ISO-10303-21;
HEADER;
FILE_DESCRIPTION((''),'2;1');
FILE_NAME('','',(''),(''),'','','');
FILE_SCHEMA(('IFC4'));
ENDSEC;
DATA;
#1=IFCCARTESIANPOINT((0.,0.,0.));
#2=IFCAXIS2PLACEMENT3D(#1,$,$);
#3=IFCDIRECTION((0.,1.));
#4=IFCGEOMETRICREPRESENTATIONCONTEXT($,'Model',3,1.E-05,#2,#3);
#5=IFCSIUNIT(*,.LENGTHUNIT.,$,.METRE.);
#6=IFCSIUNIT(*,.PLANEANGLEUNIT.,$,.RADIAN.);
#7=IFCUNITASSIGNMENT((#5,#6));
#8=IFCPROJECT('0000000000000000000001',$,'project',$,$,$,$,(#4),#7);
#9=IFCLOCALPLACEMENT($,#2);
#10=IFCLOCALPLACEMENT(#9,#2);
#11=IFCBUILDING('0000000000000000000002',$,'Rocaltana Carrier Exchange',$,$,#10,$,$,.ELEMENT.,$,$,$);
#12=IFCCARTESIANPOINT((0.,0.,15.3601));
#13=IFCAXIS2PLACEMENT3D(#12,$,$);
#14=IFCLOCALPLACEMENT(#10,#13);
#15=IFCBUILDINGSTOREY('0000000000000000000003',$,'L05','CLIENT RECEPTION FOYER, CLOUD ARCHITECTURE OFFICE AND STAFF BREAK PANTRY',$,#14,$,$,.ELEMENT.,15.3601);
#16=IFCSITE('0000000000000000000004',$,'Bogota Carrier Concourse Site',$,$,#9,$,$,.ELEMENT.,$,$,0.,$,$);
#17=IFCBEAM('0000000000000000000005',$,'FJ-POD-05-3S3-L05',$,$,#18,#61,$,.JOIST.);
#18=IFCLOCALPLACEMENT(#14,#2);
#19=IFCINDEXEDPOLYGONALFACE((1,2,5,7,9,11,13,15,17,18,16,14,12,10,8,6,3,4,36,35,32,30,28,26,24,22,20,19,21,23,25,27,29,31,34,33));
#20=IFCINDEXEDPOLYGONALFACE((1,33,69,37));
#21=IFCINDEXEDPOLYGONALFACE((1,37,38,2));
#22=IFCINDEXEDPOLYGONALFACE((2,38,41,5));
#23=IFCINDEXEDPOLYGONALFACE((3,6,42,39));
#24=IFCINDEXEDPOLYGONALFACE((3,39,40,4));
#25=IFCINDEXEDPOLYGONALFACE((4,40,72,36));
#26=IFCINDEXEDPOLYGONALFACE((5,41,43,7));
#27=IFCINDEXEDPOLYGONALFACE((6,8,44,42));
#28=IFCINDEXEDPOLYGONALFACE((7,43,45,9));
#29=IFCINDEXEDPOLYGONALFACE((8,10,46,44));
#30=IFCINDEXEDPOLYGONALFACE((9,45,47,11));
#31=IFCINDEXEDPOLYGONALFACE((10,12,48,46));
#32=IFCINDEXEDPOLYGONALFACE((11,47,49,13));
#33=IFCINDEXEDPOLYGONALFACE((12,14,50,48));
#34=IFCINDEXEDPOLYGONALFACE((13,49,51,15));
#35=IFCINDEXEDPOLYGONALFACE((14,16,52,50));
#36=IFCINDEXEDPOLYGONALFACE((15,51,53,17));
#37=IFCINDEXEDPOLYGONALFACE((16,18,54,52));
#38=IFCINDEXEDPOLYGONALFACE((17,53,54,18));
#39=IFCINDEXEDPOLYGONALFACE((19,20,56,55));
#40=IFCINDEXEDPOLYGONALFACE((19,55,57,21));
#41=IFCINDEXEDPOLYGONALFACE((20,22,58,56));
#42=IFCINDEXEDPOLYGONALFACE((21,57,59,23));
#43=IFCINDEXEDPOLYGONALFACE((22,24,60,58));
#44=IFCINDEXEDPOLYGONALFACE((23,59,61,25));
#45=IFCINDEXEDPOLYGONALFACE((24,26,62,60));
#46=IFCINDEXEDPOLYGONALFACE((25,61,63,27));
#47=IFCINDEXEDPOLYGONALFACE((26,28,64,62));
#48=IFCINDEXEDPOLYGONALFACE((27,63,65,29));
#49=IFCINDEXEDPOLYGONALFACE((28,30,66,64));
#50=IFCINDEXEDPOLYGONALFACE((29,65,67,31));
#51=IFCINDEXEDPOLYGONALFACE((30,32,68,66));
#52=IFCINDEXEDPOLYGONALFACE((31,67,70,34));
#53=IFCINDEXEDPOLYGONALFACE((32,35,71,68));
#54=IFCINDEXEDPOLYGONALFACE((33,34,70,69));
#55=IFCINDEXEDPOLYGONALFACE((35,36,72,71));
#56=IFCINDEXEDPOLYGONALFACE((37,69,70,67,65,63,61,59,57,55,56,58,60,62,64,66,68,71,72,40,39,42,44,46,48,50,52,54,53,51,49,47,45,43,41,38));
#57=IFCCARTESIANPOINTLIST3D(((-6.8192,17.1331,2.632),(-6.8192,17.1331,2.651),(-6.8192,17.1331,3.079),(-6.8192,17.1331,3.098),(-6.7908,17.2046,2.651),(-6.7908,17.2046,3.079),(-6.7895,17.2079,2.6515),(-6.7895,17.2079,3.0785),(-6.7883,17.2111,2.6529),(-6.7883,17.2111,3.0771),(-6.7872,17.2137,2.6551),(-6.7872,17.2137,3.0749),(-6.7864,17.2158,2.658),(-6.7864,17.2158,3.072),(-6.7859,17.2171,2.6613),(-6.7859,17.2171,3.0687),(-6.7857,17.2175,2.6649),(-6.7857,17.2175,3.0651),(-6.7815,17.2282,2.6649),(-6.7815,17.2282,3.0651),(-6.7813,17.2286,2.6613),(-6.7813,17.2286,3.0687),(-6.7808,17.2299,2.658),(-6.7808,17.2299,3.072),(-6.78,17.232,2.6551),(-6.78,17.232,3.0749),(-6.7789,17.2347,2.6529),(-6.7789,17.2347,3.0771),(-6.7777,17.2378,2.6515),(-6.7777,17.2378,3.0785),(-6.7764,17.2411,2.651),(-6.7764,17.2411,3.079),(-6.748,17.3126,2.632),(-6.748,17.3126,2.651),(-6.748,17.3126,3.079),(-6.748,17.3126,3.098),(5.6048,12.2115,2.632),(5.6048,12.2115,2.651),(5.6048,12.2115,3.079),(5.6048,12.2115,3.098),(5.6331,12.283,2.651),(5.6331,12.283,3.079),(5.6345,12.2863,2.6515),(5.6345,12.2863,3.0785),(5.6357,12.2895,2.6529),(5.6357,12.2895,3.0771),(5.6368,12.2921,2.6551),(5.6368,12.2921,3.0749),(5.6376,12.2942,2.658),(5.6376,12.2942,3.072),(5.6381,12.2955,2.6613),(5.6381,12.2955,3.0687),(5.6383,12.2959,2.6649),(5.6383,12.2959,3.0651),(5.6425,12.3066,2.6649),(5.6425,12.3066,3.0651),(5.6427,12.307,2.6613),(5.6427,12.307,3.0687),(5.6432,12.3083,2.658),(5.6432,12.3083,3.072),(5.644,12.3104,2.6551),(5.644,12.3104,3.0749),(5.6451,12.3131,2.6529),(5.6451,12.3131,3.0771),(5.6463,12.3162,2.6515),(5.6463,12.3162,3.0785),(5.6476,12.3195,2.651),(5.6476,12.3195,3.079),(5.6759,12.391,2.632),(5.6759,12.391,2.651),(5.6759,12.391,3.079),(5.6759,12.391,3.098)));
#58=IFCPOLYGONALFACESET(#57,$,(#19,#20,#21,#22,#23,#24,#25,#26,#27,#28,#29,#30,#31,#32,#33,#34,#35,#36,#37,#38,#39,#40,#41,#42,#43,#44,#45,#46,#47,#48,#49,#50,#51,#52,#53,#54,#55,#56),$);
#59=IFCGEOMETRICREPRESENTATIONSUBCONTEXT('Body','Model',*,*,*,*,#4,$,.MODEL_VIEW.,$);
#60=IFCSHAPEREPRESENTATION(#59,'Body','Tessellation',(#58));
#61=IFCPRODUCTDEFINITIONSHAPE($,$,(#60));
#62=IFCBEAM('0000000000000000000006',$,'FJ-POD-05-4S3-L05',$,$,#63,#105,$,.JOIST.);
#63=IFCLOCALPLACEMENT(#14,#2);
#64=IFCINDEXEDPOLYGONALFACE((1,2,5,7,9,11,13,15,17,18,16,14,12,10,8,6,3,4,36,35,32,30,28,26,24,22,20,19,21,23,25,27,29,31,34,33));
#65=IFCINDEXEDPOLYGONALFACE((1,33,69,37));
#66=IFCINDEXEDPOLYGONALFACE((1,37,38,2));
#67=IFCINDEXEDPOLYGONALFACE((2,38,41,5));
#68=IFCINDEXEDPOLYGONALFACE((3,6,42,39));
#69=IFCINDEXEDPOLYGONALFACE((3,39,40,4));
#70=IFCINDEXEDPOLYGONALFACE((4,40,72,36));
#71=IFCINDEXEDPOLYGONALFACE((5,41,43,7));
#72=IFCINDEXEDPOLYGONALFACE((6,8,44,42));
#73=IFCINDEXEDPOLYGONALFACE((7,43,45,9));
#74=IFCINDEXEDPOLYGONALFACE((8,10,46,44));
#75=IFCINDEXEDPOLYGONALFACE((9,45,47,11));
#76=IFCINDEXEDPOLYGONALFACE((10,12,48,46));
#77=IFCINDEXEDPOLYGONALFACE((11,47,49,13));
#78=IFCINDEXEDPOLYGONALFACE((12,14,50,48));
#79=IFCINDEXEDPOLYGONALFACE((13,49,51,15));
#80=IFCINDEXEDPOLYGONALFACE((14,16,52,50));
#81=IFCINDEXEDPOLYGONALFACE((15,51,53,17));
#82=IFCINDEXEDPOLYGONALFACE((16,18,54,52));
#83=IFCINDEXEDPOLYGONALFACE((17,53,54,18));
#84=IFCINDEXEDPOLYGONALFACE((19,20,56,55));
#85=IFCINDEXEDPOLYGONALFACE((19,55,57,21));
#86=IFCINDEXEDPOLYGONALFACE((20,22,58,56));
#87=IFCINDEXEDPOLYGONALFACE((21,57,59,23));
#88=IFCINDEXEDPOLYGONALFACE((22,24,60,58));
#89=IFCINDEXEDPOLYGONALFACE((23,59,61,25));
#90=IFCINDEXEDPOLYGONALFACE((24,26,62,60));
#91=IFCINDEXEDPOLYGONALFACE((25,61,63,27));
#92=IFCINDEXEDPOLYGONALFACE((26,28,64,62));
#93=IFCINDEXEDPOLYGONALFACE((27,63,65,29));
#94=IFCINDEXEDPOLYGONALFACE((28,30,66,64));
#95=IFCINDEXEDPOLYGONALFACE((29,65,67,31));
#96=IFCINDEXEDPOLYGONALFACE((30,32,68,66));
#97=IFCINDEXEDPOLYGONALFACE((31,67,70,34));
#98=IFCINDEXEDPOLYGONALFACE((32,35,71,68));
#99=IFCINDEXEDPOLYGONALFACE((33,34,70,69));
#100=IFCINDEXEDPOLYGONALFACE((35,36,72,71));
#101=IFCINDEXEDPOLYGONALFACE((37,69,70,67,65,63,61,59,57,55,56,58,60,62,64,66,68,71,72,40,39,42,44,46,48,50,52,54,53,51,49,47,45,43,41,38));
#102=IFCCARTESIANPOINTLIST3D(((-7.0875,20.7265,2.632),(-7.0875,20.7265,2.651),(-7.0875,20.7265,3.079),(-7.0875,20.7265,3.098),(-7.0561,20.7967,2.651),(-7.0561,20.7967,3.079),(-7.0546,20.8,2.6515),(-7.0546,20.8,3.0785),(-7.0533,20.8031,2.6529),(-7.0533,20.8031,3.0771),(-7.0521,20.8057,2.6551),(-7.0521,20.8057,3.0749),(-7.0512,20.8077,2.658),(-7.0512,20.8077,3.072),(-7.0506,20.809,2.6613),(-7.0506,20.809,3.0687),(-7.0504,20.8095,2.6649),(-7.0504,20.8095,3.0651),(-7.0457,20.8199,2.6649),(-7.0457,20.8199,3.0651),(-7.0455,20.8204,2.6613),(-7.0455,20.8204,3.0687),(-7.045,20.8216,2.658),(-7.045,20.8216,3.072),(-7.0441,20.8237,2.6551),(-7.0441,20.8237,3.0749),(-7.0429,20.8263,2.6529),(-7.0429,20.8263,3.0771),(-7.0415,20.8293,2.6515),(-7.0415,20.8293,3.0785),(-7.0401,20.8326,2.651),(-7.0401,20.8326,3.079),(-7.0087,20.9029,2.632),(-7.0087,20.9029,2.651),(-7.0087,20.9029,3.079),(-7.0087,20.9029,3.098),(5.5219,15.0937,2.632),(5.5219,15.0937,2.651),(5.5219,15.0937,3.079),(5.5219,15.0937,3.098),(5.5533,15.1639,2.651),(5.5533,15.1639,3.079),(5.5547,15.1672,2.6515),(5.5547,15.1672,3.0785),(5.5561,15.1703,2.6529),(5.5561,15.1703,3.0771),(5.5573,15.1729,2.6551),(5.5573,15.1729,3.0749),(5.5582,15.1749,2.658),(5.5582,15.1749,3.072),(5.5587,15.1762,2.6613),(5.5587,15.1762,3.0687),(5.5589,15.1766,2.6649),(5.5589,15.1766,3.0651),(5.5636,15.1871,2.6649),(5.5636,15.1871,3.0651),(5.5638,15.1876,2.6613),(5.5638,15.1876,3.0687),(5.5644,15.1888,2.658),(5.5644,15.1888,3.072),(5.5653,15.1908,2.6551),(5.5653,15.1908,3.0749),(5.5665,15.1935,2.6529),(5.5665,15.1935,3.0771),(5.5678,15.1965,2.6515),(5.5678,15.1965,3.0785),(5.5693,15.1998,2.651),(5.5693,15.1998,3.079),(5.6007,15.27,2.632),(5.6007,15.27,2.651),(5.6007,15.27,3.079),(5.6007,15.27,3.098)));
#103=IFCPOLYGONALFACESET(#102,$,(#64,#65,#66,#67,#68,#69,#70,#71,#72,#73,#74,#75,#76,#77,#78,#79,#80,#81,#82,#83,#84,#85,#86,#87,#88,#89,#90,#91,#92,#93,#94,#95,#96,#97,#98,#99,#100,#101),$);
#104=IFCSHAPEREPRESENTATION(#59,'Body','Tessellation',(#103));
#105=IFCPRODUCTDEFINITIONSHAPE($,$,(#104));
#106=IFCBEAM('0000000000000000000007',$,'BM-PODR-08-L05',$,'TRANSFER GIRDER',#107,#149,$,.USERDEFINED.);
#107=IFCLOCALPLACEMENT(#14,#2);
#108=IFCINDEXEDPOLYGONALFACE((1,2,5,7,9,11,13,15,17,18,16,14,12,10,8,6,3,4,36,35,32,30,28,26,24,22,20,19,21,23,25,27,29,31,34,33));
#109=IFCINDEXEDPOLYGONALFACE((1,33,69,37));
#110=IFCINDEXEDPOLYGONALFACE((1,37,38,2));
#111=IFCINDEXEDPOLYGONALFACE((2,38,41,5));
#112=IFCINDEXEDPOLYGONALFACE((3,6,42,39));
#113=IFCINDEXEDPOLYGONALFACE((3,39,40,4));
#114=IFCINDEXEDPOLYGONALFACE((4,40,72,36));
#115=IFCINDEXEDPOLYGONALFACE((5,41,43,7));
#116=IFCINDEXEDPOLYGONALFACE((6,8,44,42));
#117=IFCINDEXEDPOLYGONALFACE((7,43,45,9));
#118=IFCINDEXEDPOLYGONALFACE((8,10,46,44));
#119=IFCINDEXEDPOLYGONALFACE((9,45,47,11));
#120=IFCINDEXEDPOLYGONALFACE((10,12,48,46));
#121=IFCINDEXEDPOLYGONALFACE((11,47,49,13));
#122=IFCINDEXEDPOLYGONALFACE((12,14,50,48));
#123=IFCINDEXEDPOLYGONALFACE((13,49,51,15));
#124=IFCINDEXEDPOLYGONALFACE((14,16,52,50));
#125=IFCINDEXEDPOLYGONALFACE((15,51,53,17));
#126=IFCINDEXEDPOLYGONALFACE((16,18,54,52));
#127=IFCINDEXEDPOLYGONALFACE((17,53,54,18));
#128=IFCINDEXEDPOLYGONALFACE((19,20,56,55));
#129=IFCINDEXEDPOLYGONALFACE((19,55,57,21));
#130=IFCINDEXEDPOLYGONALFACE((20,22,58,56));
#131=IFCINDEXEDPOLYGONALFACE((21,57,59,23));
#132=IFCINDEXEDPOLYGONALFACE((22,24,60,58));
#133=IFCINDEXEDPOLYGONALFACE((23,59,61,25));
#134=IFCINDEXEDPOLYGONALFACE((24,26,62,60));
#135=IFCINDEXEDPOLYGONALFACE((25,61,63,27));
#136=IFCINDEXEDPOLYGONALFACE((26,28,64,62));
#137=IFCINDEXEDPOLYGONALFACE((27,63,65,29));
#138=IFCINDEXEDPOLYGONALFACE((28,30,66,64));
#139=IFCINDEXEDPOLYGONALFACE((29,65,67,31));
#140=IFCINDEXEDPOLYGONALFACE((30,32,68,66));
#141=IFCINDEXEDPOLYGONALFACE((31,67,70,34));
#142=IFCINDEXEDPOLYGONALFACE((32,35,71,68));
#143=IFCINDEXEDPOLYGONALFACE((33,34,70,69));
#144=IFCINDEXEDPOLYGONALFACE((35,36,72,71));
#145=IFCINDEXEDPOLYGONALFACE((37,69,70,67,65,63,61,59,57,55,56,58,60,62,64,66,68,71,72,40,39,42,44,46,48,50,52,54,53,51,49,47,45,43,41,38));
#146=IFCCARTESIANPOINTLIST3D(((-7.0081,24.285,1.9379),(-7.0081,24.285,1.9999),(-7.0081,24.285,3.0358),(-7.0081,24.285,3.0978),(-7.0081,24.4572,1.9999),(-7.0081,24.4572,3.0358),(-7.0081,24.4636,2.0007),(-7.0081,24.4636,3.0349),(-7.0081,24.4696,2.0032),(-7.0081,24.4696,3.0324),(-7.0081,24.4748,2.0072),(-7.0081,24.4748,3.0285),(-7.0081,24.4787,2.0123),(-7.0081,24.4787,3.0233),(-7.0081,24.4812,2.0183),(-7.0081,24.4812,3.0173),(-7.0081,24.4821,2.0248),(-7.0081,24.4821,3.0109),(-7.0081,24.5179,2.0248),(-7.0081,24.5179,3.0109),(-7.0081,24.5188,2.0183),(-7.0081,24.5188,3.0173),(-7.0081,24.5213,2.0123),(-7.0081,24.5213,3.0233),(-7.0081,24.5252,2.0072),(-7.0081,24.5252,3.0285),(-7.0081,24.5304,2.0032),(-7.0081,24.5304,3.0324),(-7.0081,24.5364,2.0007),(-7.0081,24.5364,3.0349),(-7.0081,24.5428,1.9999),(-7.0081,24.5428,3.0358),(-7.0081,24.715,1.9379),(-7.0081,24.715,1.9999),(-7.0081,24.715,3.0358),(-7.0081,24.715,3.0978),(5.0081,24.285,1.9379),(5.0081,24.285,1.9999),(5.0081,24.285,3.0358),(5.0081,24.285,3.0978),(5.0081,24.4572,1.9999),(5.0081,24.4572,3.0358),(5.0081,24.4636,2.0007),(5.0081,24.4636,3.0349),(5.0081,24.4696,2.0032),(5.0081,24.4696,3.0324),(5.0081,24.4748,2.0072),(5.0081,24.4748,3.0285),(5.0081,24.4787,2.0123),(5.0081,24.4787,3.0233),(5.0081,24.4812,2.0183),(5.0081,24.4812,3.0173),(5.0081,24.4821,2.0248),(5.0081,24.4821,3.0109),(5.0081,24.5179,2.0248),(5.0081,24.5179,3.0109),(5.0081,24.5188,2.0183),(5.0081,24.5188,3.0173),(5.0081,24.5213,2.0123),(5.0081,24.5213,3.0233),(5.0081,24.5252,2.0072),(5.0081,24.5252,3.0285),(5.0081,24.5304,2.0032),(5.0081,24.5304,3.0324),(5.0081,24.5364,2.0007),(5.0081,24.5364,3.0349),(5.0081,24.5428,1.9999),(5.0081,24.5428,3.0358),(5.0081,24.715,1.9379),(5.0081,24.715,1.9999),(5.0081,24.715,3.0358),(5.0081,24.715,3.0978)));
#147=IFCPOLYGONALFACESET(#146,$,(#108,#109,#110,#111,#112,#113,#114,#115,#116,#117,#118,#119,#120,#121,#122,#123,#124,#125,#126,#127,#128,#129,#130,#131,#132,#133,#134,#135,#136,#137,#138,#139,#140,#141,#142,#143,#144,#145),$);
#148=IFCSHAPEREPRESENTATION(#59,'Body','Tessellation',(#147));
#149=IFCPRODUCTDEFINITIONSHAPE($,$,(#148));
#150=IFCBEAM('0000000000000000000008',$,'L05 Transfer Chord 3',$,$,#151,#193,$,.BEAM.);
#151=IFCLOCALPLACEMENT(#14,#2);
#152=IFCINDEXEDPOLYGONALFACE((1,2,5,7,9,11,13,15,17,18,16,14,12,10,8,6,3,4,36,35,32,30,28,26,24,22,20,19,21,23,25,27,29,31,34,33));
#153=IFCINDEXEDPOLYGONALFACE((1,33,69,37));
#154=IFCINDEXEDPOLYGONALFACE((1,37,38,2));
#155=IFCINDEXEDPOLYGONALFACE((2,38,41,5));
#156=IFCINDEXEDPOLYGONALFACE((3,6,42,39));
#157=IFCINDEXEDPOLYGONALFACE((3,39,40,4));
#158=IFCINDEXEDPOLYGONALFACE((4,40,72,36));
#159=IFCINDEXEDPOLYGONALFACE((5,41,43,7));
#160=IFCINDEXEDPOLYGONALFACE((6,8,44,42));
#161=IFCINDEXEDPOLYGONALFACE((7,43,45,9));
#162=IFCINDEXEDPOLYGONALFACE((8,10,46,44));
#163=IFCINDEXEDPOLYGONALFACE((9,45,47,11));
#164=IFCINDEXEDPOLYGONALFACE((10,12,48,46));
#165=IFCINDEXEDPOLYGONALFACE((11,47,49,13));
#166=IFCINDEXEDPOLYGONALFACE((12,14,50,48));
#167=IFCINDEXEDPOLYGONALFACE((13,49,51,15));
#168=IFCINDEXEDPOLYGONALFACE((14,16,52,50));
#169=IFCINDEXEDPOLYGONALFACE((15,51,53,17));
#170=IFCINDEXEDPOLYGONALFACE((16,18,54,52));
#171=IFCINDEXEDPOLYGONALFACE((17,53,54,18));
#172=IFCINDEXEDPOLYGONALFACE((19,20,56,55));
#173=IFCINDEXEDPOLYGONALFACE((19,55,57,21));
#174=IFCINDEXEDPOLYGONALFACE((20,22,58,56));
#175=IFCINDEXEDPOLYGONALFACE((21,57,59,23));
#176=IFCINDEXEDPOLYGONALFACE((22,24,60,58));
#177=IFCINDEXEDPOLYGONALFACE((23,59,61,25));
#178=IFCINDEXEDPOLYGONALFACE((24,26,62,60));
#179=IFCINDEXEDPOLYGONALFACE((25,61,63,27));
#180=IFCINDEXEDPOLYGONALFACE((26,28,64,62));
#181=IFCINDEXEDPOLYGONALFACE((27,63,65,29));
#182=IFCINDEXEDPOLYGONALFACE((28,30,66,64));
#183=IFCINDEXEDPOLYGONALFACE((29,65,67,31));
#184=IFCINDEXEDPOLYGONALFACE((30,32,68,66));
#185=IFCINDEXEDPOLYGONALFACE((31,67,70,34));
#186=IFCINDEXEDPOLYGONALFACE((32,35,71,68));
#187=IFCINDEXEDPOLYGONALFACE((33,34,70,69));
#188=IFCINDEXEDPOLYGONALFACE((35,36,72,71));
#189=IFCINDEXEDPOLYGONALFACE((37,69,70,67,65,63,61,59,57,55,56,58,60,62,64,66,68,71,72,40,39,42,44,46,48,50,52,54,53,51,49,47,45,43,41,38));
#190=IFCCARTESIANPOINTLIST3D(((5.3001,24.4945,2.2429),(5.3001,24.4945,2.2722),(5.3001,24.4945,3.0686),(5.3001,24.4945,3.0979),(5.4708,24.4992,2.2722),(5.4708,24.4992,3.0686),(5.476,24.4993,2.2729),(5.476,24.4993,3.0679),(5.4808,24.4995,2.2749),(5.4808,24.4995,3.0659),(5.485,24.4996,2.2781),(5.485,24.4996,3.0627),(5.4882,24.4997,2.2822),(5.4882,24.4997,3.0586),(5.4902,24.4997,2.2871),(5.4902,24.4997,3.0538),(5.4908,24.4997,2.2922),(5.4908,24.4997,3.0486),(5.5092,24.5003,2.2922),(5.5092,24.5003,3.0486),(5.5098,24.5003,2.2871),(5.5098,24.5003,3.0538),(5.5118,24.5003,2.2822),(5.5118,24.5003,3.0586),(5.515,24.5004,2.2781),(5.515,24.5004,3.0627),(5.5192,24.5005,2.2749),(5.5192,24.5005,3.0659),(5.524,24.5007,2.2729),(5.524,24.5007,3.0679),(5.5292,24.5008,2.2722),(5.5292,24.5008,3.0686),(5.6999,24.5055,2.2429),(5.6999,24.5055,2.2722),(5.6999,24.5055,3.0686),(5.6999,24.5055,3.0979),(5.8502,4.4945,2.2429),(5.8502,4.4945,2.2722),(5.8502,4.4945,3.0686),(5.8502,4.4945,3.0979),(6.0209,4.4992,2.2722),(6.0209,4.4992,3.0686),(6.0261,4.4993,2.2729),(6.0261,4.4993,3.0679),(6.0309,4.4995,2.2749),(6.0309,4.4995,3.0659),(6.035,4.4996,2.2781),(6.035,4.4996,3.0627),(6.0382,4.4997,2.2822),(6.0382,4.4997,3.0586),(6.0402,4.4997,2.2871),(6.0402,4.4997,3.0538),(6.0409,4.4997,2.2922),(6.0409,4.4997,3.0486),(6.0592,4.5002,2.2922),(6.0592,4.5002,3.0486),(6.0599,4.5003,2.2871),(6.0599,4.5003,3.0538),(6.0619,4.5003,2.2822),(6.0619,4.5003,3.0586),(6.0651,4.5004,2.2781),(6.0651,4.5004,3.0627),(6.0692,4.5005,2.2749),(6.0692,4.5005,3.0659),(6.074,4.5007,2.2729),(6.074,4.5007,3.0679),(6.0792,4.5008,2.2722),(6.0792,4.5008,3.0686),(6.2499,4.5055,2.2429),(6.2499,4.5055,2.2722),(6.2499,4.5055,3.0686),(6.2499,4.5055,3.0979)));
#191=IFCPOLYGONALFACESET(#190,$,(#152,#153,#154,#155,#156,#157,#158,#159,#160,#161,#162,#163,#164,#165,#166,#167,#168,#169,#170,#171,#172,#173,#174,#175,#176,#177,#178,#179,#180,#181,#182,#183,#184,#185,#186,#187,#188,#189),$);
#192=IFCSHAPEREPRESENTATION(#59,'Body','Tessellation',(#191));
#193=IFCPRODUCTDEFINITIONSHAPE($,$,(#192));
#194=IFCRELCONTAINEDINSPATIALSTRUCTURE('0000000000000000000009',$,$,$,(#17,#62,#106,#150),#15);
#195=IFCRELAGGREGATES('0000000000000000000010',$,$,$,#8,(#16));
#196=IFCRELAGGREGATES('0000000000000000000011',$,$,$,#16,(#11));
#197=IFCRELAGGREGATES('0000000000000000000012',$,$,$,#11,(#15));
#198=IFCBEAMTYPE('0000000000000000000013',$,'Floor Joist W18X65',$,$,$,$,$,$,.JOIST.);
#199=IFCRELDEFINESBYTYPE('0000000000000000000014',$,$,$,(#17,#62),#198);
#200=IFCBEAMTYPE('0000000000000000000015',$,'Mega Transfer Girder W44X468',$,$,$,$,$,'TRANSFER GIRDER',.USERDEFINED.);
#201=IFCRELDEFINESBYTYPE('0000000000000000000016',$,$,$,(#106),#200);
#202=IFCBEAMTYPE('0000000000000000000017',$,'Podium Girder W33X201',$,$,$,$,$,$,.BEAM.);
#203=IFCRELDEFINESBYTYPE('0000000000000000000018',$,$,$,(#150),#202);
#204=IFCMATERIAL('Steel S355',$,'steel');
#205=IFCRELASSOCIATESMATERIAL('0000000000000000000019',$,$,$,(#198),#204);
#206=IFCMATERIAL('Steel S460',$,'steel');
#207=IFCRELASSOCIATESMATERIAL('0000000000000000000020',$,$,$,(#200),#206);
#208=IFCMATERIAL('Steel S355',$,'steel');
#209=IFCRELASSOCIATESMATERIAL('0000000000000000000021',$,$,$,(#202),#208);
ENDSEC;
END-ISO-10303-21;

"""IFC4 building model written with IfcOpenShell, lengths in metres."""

from ifc_helpers import new_model, si_unit, direction, frame, origin, origin_2d, place, context, subcontext, project, spatial, i_section, extrude, material, material_profile, profile_set, type_object, element, save


model = new_model("IFC4")

# Units and contexts
model_context = context("Model", 3, precision=1e-05, world=origin(), true_north=direction((0.0, 1.0)))
body_context = subcontext(model_context, "Body", "Model", "MODEL_VIEW")
ifc_project = project(units=[si_unit("LENGTHUNIT", "METRE"), si_unit("PLANEANGLEUNIT", "RADIAN")], contexts=[model_context])

# Site, building, storey
site_placement = place(None, origin())
site = spatial("IfcSite", under=ifc_project, at=site_placement, Name="Bogota Carrier Concourse Site", CompositionType="ELEMENT", RefElevation=0.0)
building_placement = place(site_placement, origin())
building = spatial("IfcBuilding", under=site, at=building_placement, Name="Rocaltana Carrier Exchange", CompositionType="ELEMENT")
storey_placement = place(building_placement, frame((0.0, 0.0, 15.3601)))
storey = spatial("IfcBuildingStorey", under=building, at=storey_placement, Name="L05", Description="CLIENT RECEPTION FOYER, CLOUD ARCHITECTURE OFFICE AND STAFF BREAK PANTRY", CompositionType="ELEMENT", Elevation=15.3601)

# Beams
ifc_material_1 = material(Name="Steel S355", Category="steel")
ifc_material_profile_1 = material_profile(ifc_material_1, i_section(OverallWidth=0.1931, OverallDepth=0.4661, WebThickness=0.0115, FlangeThickness=0.019, FilletRadius=0.0139, at=origin_2d()), Name="W18X65")
ifc_profile_set_1 = profile_set([ifc_material_profile_1], Name="Steel S355")
beam_type_1 = type_object("IfcBeamType", Name="Floor Joist W18X65", PredefinedType="JOIST", material=ifc_profile_set_1)
beam_1_placement = place(storey_placement, frame((5.6404, 12.3013, 2.865), z_axis=(-0.92971, 0.368292, 0.0), x_axis=(-0.368292, -0.92971, 0.0)))
element("IfcBeam", 1, at=beam_1_placement, inside=storey, type_object=beam_type_1, Name="FJ-POD-05-3S3-L05", PredefinedType="JOIST", context=body_context, shape_type="SweptSolid", body=[
    extrude(i_section(OverallWidth=0.1931, OverallDepth=0.4661, WebThickness=0.0115, FlangeThickness=0.019, FilletRadius=0.0139, at=origin_2d()), origin(), (0.0, 0.0, 1.0), 13.3633),
])
beam_2_placement = place(storey_placement, frame((5.5613, 15.1819, 2.865), z_axis=(-0.91304, 0.40787, 0.0), x_axis=(-0.40787, -0.91304, 0.0)))
element("IfcBeam", 2, at=beam_2_placement, inside=storey, type_object=beam_type_1, Name="FJ-POD-05-4S3-L05", PredefinedType="JOIST", context=body_context, shape_type="SweptSolid", body=[
    extrude(i_section(OverallWidth=0.1931, OverallDepth=0.4661, WebThickness=0.0115, FlangeThickness=0.019, FilletRadius=0.0139, at=origin_2d()), origin(), (0.0, 0.0, 1.0), 13.8103),
])
ifc_material_2 = material(Name="Steel S460", Category="steel")
ifc_material_profile_2 = material_profile(ifc_material_2, i_section(OverallWidth=0.4299, OverallDepth=1.1599, WebThickness=0.0359, FlangeThickness=0.062, FilletRadius=0.0249, at=origin_2d()), Name="W44X468")
ifc_profile_set_2 = profile_set([ifc_material_profile_2], Name="Steel S460")
beam_type_2 = type_object("IfcBeamType", Name="Mega Transfer Girder W44X468", ElementType="TRANSFER GIRDER", PredefinedType="USERDEFINED", material=ifc_profile_set_2)
beam_3_placement = place(storey_placement, frame((5.0081, 24.5, 2.5178), z_axis=(-1.0, 0.0, 0.0), x_axis=(0.0, -1.0, 0.0)))
element("IfcBeam", 3, at=beam_3_placement, inside=storey, type_object=beam_type_2, Name="BM-PODR-08-L05", ObjectType="TRANSFER GIRDER", PredefinedType="USERDEFINED", context=body_context, shape_type="SweptSolid", body=[
    extrude(i_section(OverallWidth=0.4299, OverallDepth=1.1599, WebThickness=0.0359, FlangeThickness=0.062, FilletRadius=0.0249, at=origin_2d()), origin(), (0.0, 0.0, 1.0), 12.0161),
])
ifc_material_3 = material(Name="Steel S355", Category="steel")
ifc_material_profile_3 = material_profile(ifc_material_3, i_section(OverallWidth=0.3999, OverallDepth=0.855, WebThickness=0.0183, FlangeThickness=0.0293, FilletRadius=0.02, at=origin_2d()), Name="W33X201")
ifc_profile_set_3 = profile_set([ifc_material_profile_3], Name="Steel S355")
beam_type_3 = type_object("IfcBeamType", Name="Podium Girder W33X201", PredefinedType="BEAM", material=ifc_profile_set_3)
beam_4_placement = place(storey_placement, frame((5.5, 24.5, 2.6704), z_axis=(0.027492, -0.999622, 0.0), x_axis=(0.999622, 0.027492, 0.0)))
element("IfcBeam", 4, at=beam_4_placement, inside=storey, type_object=beam_type_3, Name="L05 Transfer Chord 3", PredefinedType="BEAM", context=body_context, shape_type="SweptSolid", body=[
    extrude(i_section(OverallWidth=0.3999, OverallDepth=0.855, WebThickness=0.0183, FlangeThickness=0.0293, FilletRadius=0.02, at=origin_2d()), origin(), (0.0, 0.0, 1.0), 20.0076),
])

save(model, "model.ifc")
